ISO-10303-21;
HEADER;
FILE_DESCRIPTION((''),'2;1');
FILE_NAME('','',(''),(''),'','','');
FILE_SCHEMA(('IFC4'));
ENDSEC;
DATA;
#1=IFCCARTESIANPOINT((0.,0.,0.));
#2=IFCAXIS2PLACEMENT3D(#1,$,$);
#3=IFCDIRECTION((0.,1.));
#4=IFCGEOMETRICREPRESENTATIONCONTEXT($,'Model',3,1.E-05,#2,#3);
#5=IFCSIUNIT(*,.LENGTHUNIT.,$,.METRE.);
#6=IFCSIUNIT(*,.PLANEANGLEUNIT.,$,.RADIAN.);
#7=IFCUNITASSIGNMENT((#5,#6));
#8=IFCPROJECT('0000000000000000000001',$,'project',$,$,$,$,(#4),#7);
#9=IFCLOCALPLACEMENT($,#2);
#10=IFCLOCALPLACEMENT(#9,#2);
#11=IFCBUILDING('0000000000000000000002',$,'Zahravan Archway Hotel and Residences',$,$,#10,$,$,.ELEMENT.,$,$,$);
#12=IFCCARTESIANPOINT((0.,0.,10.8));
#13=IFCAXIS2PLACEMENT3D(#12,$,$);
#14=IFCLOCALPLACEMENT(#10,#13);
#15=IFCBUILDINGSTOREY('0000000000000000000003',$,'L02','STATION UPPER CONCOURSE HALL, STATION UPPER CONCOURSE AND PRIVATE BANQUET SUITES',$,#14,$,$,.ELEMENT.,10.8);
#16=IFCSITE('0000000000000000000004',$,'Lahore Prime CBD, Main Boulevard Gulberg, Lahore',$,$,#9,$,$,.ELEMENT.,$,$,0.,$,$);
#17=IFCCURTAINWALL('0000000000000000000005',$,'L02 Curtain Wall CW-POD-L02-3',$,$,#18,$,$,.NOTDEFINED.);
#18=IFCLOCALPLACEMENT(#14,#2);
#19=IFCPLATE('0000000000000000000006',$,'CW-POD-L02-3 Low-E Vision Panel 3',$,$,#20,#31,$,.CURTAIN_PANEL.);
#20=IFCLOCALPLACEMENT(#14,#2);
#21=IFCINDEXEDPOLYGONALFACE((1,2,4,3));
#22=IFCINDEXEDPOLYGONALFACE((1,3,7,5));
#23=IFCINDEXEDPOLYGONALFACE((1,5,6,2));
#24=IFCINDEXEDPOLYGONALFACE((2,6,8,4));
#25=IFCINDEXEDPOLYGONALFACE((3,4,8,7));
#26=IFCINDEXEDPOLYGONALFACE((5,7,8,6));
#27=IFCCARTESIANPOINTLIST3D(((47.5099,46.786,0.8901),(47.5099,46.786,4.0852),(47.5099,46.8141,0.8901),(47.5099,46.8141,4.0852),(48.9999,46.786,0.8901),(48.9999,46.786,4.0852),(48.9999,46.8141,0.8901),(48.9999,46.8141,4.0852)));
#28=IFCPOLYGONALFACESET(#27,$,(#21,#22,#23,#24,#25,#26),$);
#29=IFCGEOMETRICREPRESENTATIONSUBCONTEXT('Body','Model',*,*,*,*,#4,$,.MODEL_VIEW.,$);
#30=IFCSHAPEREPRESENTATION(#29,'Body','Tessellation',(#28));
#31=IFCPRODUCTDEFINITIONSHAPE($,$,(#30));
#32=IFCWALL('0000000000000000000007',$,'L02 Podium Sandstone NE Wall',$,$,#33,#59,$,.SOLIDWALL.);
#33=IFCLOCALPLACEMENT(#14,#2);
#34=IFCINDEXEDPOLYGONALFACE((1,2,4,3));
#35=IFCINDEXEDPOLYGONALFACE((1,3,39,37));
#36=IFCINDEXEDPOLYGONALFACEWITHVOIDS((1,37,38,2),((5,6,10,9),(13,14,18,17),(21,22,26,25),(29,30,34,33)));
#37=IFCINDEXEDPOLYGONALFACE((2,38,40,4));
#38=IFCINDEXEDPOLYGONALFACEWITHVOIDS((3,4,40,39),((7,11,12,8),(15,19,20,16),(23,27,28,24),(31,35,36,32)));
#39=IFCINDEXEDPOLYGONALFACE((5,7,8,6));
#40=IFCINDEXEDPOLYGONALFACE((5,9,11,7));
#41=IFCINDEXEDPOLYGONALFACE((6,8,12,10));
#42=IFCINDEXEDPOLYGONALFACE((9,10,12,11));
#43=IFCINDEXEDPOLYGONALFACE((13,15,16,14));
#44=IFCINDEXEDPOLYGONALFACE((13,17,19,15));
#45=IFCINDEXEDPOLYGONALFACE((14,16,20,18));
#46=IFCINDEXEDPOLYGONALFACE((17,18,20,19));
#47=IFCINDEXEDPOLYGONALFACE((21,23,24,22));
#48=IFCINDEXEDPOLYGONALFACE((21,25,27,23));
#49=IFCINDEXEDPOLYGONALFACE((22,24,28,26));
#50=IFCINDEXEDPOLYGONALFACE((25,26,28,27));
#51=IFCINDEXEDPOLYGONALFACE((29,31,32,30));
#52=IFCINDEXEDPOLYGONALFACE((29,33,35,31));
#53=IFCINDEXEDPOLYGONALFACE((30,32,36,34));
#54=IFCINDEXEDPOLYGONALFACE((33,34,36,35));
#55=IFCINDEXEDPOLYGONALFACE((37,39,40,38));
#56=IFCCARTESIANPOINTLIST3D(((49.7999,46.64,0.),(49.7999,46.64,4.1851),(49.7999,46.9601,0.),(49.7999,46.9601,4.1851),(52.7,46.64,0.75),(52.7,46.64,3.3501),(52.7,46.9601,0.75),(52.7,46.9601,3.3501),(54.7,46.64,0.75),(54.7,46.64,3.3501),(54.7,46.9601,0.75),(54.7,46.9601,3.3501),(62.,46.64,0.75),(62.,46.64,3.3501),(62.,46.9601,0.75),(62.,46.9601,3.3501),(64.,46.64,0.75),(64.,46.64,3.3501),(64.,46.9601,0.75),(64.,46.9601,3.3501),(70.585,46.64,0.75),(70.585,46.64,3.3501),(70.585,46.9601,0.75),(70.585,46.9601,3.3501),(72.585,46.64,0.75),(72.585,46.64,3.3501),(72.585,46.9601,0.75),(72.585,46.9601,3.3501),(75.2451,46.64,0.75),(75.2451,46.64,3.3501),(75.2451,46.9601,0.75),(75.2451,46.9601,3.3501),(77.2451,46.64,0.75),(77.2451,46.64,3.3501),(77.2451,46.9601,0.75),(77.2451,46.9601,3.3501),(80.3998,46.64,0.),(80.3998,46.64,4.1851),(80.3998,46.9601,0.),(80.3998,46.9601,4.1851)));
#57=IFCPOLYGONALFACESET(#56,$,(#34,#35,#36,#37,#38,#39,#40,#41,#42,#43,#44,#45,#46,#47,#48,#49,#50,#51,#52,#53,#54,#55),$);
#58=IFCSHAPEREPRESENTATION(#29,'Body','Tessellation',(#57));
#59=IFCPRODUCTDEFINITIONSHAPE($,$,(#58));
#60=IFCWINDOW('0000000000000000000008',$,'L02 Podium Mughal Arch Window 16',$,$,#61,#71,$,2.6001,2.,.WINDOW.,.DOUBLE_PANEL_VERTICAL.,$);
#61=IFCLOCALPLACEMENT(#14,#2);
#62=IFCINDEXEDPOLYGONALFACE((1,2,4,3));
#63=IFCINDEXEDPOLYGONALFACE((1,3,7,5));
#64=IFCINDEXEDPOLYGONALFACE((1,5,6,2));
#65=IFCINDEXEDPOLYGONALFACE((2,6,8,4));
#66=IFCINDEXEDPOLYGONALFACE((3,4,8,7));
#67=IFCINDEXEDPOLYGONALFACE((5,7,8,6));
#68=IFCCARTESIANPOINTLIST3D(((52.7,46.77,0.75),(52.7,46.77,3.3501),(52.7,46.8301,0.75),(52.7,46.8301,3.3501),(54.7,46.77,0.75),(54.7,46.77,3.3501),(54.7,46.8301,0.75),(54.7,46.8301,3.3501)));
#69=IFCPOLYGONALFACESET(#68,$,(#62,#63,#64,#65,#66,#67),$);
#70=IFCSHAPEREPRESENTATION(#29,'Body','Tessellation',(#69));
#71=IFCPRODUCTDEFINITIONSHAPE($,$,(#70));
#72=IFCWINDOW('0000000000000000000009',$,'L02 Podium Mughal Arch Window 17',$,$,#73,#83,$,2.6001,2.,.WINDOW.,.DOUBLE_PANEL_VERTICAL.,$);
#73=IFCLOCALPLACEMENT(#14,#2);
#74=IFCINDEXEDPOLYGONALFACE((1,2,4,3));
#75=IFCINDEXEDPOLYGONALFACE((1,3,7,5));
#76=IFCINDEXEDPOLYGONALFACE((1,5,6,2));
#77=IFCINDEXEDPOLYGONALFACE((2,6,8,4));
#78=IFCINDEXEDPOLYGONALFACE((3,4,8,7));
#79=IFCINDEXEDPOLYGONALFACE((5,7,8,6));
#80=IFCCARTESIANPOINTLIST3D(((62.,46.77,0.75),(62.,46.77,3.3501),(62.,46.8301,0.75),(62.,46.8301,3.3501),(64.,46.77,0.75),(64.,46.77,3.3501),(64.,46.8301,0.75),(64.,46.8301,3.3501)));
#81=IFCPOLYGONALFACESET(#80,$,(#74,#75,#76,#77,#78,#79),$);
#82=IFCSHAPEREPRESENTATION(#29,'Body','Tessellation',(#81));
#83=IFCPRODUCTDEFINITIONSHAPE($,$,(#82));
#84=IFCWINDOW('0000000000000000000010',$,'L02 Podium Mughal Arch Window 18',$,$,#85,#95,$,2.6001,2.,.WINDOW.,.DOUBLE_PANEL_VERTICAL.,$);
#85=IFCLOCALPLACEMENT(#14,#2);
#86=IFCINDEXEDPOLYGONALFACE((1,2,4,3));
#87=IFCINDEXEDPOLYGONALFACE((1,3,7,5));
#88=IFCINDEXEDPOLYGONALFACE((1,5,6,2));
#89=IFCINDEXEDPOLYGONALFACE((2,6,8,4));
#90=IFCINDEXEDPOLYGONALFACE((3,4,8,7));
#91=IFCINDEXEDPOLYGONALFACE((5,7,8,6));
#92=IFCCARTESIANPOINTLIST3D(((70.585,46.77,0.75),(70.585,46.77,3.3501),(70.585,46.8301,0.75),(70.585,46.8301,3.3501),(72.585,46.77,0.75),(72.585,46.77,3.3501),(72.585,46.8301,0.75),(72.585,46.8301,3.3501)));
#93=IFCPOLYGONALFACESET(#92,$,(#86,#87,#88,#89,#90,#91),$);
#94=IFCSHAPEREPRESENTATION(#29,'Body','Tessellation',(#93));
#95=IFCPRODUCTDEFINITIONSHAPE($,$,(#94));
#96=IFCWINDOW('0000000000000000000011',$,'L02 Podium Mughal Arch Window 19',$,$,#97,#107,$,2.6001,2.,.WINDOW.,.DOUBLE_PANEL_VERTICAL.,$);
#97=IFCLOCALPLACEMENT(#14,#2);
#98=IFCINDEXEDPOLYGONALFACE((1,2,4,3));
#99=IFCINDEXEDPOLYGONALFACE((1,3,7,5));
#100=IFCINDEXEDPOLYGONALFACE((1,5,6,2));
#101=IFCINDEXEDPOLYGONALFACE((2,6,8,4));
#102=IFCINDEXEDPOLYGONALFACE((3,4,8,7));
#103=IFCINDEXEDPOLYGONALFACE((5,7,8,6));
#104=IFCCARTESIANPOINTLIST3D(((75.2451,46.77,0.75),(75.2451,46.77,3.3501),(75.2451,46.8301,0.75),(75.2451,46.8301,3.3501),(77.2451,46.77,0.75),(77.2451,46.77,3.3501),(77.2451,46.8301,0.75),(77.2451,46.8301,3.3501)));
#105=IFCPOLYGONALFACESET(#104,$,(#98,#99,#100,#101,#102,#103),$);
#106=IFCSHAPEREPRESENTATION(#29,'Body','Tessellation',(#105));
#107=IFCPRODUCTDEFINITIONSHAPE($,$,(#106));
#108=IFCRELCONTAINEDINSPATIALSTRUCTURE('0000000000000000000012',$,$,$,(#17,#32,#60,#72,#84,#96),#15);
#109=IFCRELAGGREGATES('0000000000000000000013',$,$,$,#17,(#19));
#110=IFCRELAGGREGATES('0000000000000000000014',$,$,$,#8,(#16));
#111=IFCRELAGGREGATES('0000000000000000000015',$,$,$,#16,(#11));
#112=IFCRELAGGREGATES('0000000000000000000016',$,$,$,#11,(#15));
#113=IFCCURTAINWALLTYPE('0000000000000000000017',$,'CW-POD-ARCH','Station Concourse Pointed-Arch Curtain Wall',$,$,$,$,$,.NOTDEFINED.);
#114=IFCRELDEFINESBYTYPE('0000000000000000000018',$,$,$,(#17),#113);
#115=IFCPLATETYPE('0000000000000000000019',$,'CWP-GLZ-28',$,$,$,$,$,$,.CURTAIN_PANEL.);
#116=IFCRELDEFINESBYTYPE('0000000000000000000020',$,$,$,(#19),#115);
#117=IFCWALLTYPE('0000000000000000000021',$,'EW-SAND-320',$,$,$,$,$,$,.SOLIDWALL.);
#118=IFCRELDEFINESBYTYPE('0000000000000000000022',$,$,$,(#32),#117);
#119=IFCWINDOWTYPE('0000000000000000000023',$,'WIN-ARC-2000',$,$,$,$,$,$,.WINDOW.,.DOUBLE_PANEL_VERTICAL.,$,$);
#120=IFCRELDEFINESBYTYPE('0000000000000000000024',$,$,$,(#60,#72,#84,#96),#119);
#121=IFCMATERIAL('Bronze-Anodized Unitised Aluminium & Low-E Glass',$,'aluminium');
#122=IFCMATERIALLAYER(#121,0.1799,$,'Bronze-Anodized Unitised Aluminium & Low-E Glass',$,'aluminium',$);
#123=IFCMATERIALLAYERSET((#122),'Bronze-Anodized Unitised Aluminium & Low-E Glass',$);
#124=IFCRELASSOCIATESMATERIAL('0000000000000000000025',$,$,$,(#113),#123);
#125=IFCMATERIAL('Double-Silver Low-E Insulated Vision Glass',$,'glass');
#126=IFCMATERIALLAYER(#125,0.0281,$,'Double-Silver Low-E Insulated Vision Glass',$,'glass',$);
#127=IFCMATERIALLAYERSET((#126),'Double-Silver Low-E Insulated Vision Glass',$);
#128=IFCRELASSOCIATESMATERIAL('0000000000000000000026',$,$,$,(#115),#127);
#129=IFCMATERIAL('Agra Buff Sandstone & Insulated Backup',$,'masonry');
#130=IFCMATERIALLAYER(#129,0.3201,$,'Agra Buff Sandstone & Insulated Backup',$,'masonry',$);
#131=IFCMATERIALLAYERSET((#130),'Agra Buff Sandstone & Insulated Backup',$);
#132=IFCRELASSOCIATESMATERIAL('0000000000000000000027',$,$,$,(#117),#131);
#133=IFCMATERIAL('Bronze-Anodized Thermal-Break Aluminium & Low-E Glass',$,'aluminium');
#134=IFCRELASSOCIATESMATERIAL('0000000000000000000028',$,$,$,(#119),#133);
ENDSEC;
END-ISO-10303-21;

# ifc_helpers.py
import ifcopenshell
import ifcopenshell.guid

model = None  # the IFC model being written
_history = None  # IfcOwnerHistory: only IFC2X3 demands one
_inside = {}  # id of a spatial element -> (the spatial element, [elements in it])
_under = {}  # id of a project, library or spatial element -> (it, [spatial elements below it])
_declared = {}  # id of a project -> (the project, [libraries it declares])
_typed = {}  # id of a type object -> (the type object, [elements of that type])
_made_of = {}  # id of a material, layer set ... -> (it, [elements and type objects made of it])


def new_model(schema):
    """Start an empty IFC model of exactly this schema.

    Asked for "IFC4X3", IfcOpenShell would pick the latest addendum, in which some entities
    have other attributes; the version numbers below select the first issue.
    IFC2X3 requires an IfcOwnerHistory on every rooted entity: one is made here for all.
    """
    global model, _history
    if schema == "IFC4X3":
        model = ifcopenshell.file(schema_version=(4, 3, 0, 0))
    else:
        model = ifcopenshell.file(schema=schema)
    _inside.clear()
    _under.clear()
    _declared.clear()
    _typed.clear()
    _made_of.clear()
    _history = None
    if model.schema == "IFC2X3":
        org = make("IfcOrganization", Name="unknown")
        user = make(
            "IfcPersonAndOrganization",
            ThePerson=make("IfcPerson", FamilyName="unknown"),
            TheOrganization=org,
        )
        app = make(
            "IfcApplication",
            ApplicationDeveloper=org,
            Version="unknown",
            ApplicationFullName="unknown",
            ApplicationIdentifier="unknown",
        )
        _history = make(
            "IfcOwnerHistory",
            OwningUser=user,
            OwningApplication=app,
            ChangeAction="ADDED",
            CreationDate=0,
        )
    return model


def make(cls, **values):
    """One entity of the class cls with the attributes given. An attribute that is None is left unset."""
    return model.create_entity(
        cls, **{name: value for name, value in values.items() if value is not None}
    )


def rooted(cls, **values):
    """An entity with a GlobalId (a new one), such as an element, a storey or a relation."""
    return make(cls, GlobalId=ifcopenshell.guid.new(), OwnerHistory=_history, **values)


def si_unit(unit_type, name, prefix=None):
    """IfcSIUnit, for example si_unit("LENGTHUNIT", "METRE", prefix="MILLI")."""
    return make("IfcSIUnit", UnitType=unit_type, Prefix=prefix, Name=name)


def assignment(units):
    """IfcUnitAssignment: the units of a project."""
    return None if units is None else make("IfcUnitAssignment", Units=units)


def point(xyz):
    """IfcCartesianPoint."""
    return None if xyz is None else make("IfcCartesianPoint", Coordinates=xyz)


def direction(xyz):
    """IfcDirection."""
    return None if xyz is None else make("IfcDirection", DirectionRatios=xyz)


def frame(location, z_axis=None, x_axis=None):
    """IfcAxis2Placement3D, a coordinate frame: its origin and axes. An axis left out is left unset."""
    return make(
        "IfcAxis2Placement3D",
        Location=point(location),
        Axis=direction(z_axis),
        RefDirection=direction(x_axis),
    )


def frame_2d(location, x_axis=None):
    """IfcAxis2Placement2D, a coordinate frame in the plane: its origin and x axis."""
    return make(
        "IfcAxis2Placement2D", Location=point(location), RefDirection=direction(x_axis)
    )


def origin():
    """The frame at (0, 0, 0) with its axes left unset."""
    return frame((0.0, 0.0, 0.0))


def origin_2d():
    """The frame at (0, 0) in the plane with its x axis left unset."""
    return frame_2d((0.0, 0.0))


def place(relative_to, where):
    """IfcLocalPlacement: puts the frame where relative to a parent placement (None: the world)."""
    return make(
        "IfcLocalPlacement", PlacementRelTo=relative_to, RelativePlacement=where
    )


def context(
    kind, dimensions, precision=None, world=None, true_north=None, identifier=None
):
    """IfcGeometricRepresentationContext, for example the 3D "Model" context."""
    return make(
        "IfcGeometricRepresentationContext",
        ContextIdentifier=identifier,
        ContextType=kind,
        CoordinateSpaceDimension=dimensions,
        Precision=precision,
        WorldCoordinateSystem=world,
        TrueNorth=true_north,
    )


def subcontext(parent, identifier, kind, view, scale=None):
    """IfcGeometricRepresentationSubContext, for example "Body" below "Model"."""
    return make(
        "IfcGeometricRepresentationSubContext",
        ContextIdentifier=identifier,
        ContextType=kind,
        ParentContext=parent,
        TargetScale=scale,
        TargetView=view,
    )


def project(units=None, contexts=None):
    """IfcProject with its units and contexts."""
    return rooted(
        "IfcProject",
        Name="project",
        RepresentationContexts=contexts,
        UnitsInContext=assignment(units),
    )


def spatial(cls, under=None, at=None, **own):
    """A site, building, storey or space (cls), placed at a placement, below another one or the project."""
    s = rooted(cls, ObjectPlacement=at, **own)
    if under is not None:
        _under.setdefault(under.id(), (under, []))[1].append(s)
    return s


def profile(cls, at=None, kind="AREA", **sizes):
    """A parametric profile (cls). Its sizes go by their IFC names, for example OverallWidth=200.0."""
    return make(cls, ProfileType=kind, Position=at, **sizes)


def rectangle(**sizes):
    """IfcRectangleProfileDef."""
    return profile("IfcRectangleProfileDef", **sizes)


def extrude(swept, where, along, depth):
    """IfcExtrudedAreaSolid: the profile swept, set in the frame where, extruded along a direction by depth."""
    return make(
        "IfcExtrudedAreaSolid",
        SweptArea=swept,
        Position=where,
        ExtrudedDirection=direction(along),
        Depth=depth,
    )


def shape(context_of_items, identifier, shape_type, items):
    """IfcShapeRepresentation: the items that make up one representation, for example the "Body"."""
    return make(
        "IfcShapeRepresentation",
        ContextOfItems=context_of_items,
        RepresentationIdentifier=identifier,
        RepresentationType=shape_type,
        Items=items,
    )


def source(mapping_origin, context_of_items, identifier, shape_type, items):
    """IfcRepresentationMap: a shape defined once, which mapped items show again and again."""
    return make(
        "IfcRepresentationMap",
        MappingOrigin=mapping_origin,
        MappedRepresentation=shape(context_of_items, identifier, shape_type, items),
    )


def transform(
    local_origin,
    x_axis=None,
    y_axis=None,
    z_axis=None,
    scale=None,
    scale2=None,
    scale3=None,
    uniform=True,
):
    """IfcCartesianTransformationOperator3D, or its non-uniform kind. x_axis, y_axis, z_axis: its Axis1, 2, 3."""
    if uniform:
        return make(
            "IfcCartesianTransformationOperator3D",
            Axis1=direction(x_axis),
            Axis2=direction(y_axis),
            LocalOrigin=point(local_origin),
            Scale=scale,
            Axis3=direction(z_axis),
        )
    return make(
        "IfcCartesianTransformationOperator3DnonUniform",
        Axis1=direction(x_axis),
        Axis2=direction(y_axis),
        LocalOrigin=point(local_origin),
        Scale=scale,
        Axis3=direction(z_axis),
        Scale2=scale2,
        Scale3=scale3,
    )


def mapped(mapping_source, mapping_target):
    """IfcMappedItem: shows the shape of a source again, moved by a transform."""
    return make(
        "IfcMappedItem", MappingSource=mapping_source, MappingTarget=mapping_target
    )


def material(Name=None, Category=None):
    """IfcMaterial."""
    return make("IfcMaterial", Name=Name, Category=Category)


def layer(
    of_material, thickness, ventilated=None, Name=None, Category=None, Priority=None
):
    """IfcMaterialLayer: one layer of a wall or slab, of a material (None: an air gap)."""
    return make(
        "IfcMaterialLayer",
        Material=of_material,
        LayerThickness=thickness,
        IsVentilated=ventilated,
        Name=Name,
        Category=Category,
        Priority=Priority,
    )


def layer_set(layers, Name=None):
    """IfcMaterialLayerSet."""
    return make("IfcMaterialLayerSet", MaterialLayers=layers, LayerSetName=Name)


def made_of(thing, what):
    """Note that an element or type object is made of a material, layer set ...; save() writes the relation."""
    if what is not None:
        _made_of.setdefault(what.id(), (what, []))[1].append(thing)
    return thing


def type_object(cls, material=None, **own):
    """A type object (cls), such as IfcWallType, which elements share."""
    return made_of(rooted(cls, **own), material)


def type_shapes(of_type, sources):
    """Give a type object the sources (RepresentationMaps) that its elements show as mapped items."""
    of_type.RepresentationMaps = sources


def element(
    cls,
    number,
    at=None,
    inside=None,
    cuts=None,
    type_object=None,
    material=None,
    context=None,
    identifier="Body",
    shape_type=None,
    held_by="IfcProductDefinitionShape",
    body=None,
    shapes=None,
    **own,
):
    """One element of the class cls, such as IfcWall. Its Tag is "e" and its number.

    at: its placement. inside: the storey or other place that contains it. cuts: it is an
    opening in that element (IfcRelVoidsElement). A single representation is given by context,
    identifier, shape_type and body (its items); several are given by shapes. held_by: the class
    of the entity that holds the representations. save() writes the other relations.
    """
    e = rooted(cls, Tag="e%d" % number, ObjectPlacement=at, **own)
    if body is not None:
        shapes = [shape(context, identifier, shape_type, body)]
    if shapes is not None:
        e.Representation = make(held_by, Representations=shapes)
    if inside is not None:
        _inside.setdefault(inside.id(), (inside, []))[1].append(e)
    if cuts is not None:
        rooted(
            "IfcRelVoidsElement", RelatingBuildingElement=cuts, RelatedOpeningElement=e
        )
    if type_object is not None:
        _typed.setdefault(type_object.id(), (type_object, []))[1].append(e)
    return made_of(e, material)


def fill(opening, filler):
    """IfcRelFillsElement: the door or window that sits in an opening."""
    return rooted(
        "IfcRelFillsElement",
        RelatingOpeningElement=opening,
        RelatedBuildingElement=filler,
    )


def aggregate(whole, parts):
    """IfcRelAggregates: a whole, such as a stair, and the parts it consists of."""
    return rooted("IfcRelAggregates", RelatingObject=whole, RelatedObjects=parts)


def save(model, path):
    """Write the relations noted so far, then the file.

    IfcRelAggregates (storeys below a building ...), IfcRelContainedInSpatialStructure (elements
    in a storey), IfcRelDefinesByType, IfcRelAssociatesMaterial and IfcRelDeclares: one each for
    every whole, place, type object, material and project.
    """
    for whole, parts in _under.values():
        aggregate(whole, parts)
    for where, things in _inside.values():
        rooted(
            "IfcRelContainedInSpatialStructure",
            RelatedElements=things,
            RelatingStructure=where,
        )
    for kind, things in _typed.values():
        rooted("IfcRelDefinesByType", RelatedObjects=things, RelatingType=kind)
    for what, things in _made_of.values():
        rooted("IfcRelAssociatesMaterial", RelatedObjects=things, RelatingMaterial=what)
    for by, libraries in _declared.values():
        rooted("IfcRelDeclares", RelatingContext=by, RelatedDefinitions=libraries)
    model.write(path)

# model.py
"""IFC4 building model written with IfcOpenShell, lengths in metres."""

from ifc_helpers import new_model, si_unit, direction, frame, frame_2d, origin, origin_2d, place, context, subcontext, project, spatial, rectangle, extrude, source, transform, mapped, material, layer, layer_set, type_object, type_shapes, element, fill, aggregate, save


model = new_model("IFC4")

# Units and contexts
model_context = context("Model", 3, precision=1e-05, world=origin(), true_north=direction((0.0, 1.0)))
body_context = subcontext(model_context, "Body", "Model", "MODEL_VIEW")
ifc_project = project(units=[si_unit("LENGTHUNIT", "METRE"), si_unit("PLANEANGLEUNIT", "RADIAN")], contexts=[model_context])

# Site, building, storey
site_placement = place(None, origin())
site = spatial("IfcSite", under=ifc_project, at=site_placement, Name="Lahore Prime CBD, Main Boulevard Gulberg, Lahore", CompositionType="ELEMENT", RefElevation=0.0)
building_placement = place(site_placement, origin())
building = spatial("IfcBuilding", under=site, at=building_placement, Name="Zahravan Archway Hotel and Residences", CompositionType="ELEMENT")
storey_placement = place(building_placement, frame((0.0, 0.0, 10.8)))
storey = spatial("IfcBuildingStorey", under=building, at=storey_placement, Name="L02", Description="STATION UPPER CONCOURSE HALL, STATION UPPER CONCOURSE AND PRIVATE BANQUET SUITES", CompositionType="ELEMENT", Elevation=10.8)

# Curtain wall
ifc_material_1 = material(Name="Bronze-Anodized Unitised Aluminium & Low-E Glass", Category="aluminium")
ifc_layer_1 = layer(ifc_material_1, 0.1799, Name="Bronze-Anodized Unitised Aluminium & Low-E Glass", Category="aluminium")
ifc_layer_set_1 = layer_set([ifc_layer_1], Name="Bronze-Anodized Unitised Aluminium & Low-E Glass")
curtain_wall_type = type_object("IfcCurtainWallType", Name="CW-POD-ARCH", Description="Station Concourse Pointed-Arch Curtain Wall", PredefinedType="NOTDEFINED", material=ifc_layer_set_1)
curtain_wall_placement = place(storey_placement, origin())
curtain_wall = element("IfcCurtainWall", 1, at=curtain_wall_placement, inside=storey, type_object=curtain_wall_type, Name="L02 Curtain Wall CW-POD-L02-3", PredefinedType="NOTDEFINED")

# Plate
ifc_material_2 = material(Name="Double-Silver Low-E Insulated Vision Glass", Category="glass")
ifc_layer_2 = layer(ifc_material_2, 0.0281, Name="Double-Silver Low-E Insulated Vision Glass", Category="glass")
ifc_layer_set_2 = layer_set([ifc_layer_2], Name="Double-Silver Low-E Insulated Vision Glass")
plate_type_1 = type_object("IfcPlateType", Name="CWP-GLZ-28", PredefinedType="CURTAIN_PANEL", material=ifc_layer_set_2)
shared_shape_1 = source(origin(), body_context, "Body", "SweptSolid", [
    extrude(rectangle(XDim=1.49, YDim=0.0281, at=origin_2d()), origin(), (0.0, 0.0, 1.0), 3.1951),
])
plate_1_placement = place(storey_placement, frame((48.2549, 46.8, 0.8901), z_axis=(0.0, 0.0, 1.0), x_axis=(1.0, 0.0, 0.0)))
plate_1 = element("IfcPlate", 2, at=plate_1_placement, type_object=plate_type_1, Name="CW-POD-L02-3 Low-E Vision Panel 3", PredefinedType="CURTAIN_PANEL", context=body_context, shape_type="MappedRepresentation", body=[
    mapped(shared_shape_1, transform((0.0, 0.0, 0.0), scale=1.0)),
])
aggregate(curtain_wall, [plate_1])

# Wall, openings, windows
ifc_material_3 = material(Name="Agra Buff Sandstone & Insulated Backup", Category="masonry")
ifc_layer_3 = layer(ifc_material_3, 0.3201, Name="Agra Buff Sandstone & Insulated Backup", Category="masonry")
ifc_layer_set_3 = layer_set([ifc_layer_3], Name="Agra Buff Sandstone & Insulated Backup")
wall_type = type_object("IfcWallType", Name="EW-SAND-320", PredefinedType="SOLIDWALL", material=ifc_layer_set_3)
wall_placement = place(storey_placement, frame((49.8, 46.8, 0.0), z_axis=(0.0, 0.0, 1.0), x_axis=(1.0, 0.0, 0.0)))
wall = element("IfcWall", 3, at=wall_placement, inside=storey, type_object=wall_type, Name="L02 Podium Sandstone NE Wall", PredefinedType="SOLIDWALL", context=body_context, shape_type="SweptSolid", body=[
    extrude(rectangle(XDim=30.5999, YDim=0.3201, at=frame_2d((15.2998, 0.0))), origin(), (0.0, 0.0, 1.0), 4.1851),
])
opening_1_placement = place(wall_placement, frame((2.8999, 0.0, 0.75)))
opening_1 = element("IfcOpeningElement", 4, at=opening_1_placement, cuts=wall, PredefinedType="OPENING", context=body_context, shape_type="SweptSolid", body=[
    extrude(rectangle(XDim=2.0, YDim=2.6001, at=frame_2d((1.0, 1.3))), frame((0.0, 0.1699, 0.0), z_axis=(0.0, -1.0, 0.0), x_axis=(1.0, 0.0, 0.0)), (0.0, 0.0, 1.0), 0.3401),
])
opening_2_placement = place(wall_placement, frame((12.2, 0.0, 0.75)))
opening_2 = element("IfcOpeningElement", 5, at=opening_2_placement, cuts=wall, PredefinedType="OPENING", context=body_context, shape_type="SweptSolid", body=[
    extrude(rectangle(XDim=2.0, YDim=2.6001, at=frame_2d((1.0, 1.3))), frame((0.0, 0.1699, 0.0), z_axis=(0.0, -1.0, 0.0), x_axis=(1.0, 0.0, 0.0)), (0.0, 0.0, 1.0), 0.3401),
])
opening_3_placement = place(wall_placement, frame((20.7849, 0.0, 0.75)))
opening_3 = element("IfcOpeningElement", 6, at=opening_3_placement, cuts=wall, PredefinedType="OPENING", context=body_context, shape_type="SweptSolid", body=[
    extrude(rectangle(XDim=2.0, YDim=2.6001, at=frame_2d((1.0, 1.3))), frame((0.0, 0.1699, 0.0), z_axis=(0.0, -1.0, 0.0), x_axis=(1.0, 0.0, 0.0)), (0.0, 0.0, 1.0), 0.3401),
])
opening_4_placement = place(wall_placement, frame((25.4451, 0.0, 0.75)))
opening_4 = element("IfcOpeningElement", 7, at=opening_4_placement, cuts=wall, PredefinedType="OPENING", context=body_context, shape_type="SweptSolid", body=[
    extrude(rectangle(XDim=2.0, YDim=2.6001, at=frame_2d((1.0, 1.3))), frame((0.0, 0.1699, 0.0), z_axis=(0.0, -1.0, 0.0), x_axis=(1.0, 0.0, 0.0)), (0.0, 0.0, 1.0), 0.3401),
])
ifc_material_4 = material(Name="Bronze-Anodized Thermal-Break Aluminium & Low-E Glass", Category="aluminium")
window_type = type_object("IfcWindowType", Name="WIN-ARC-2000", PartitioningType="DOUBLE_PANEL_VERTICAL", PredefinedType="WINDOW", material=ifc_material_4)
shared_shape_2 = source(origin(), body_context, "Body", "SweptSolid", [
    extrude(rectangle(XDim=2.0, YDim=2.6001, at=frame_2d((1.0, 1.3))), frame((0.0, 0.03, 0.0), z_axis=(0.0, -1.0, 0.0), x_axis=(1.0, 0.0, 0.0)), (0.0, 0.0, 1.0), 0.0601),
])
type_shapes(window_type, [shared_shape_2])
window_1_placement = place(opening_1_placement, origin())
window_1 = element("IfcWindow", 8, at=window_1_placement, inside=storey, type_object=window_type, Name="L02 Podium Mughal Arch Window 16", OverallHeight=2.6001, OverallWidth=2.0, PartitioningType="DOUBLE_PANEL_VERTICAL", PredefinedType="WINDOW", context=body_context, shape_type="MappedRepresentation", body=[
    mapped(shared_shape_2, transform((0.0, 0.0, 0.0), scale=1.0)),
])
fill(opening_1, window_1)
window_2_placement = place(opening_2_placement, origin())
window_2 = element("IfcWindow", 9, at=window_2_placement, inside=storey, type_object=window_type, Name="L02 Podium Mughal Arch Window 17", OverallHeight=2.6001, OverallWidth=2.0, PartitioningType="DOUBLE_PANEL_VERTICAL", PredefinedType="WINDOW", context=body_context, shape_type="MappedRepresentation", body=[
    mapped(shared_shape_2, transform((0.0, 0.0, 0.0), scale=1.0)),
])
fill(opening_2, window_2)
window_3_placement = place(opening_3_placement, origin())
window_3 = element("IfcWindow", 10, at=window_3_placement, inside=storey, type_object=window_type, Name="L02 Podium Mughal Arch Window 18", OverallHeight=2.6001, OverallWidth=2.0, PartitioningType="DOUBLE_PANEL_VERTICAL", PredefinedType="WINDOW", context=body_context, shape_type="MappedRepresentation", body=[
    mapped(shared_shape_2, transform((0.0, 0.0, 0.0), scale=1.0)),
])
fill(opening_3, window_3)
window_4_placement = place(opening_4_placement, origin())
window_4 = element("IfcWindow", 11, at=window_4_placement, inside=storey, type_object=window_type, Name="L02 Podium Mughal Arch Window 19", OverallHeight=2.6001, OverallWidth=2.0, PartitioningType="DOUBLE_PANEL_VERTICAL", PredefinedType="WINDOW", context=body_context, shape_type="MappedRepresentation", body=[
    mapped(shared_shape_2, transform((0.0, 0.0, 0.0), scale=1.0)),
])
fill(opening_4, window_4)

save(model, "model.ifc")
